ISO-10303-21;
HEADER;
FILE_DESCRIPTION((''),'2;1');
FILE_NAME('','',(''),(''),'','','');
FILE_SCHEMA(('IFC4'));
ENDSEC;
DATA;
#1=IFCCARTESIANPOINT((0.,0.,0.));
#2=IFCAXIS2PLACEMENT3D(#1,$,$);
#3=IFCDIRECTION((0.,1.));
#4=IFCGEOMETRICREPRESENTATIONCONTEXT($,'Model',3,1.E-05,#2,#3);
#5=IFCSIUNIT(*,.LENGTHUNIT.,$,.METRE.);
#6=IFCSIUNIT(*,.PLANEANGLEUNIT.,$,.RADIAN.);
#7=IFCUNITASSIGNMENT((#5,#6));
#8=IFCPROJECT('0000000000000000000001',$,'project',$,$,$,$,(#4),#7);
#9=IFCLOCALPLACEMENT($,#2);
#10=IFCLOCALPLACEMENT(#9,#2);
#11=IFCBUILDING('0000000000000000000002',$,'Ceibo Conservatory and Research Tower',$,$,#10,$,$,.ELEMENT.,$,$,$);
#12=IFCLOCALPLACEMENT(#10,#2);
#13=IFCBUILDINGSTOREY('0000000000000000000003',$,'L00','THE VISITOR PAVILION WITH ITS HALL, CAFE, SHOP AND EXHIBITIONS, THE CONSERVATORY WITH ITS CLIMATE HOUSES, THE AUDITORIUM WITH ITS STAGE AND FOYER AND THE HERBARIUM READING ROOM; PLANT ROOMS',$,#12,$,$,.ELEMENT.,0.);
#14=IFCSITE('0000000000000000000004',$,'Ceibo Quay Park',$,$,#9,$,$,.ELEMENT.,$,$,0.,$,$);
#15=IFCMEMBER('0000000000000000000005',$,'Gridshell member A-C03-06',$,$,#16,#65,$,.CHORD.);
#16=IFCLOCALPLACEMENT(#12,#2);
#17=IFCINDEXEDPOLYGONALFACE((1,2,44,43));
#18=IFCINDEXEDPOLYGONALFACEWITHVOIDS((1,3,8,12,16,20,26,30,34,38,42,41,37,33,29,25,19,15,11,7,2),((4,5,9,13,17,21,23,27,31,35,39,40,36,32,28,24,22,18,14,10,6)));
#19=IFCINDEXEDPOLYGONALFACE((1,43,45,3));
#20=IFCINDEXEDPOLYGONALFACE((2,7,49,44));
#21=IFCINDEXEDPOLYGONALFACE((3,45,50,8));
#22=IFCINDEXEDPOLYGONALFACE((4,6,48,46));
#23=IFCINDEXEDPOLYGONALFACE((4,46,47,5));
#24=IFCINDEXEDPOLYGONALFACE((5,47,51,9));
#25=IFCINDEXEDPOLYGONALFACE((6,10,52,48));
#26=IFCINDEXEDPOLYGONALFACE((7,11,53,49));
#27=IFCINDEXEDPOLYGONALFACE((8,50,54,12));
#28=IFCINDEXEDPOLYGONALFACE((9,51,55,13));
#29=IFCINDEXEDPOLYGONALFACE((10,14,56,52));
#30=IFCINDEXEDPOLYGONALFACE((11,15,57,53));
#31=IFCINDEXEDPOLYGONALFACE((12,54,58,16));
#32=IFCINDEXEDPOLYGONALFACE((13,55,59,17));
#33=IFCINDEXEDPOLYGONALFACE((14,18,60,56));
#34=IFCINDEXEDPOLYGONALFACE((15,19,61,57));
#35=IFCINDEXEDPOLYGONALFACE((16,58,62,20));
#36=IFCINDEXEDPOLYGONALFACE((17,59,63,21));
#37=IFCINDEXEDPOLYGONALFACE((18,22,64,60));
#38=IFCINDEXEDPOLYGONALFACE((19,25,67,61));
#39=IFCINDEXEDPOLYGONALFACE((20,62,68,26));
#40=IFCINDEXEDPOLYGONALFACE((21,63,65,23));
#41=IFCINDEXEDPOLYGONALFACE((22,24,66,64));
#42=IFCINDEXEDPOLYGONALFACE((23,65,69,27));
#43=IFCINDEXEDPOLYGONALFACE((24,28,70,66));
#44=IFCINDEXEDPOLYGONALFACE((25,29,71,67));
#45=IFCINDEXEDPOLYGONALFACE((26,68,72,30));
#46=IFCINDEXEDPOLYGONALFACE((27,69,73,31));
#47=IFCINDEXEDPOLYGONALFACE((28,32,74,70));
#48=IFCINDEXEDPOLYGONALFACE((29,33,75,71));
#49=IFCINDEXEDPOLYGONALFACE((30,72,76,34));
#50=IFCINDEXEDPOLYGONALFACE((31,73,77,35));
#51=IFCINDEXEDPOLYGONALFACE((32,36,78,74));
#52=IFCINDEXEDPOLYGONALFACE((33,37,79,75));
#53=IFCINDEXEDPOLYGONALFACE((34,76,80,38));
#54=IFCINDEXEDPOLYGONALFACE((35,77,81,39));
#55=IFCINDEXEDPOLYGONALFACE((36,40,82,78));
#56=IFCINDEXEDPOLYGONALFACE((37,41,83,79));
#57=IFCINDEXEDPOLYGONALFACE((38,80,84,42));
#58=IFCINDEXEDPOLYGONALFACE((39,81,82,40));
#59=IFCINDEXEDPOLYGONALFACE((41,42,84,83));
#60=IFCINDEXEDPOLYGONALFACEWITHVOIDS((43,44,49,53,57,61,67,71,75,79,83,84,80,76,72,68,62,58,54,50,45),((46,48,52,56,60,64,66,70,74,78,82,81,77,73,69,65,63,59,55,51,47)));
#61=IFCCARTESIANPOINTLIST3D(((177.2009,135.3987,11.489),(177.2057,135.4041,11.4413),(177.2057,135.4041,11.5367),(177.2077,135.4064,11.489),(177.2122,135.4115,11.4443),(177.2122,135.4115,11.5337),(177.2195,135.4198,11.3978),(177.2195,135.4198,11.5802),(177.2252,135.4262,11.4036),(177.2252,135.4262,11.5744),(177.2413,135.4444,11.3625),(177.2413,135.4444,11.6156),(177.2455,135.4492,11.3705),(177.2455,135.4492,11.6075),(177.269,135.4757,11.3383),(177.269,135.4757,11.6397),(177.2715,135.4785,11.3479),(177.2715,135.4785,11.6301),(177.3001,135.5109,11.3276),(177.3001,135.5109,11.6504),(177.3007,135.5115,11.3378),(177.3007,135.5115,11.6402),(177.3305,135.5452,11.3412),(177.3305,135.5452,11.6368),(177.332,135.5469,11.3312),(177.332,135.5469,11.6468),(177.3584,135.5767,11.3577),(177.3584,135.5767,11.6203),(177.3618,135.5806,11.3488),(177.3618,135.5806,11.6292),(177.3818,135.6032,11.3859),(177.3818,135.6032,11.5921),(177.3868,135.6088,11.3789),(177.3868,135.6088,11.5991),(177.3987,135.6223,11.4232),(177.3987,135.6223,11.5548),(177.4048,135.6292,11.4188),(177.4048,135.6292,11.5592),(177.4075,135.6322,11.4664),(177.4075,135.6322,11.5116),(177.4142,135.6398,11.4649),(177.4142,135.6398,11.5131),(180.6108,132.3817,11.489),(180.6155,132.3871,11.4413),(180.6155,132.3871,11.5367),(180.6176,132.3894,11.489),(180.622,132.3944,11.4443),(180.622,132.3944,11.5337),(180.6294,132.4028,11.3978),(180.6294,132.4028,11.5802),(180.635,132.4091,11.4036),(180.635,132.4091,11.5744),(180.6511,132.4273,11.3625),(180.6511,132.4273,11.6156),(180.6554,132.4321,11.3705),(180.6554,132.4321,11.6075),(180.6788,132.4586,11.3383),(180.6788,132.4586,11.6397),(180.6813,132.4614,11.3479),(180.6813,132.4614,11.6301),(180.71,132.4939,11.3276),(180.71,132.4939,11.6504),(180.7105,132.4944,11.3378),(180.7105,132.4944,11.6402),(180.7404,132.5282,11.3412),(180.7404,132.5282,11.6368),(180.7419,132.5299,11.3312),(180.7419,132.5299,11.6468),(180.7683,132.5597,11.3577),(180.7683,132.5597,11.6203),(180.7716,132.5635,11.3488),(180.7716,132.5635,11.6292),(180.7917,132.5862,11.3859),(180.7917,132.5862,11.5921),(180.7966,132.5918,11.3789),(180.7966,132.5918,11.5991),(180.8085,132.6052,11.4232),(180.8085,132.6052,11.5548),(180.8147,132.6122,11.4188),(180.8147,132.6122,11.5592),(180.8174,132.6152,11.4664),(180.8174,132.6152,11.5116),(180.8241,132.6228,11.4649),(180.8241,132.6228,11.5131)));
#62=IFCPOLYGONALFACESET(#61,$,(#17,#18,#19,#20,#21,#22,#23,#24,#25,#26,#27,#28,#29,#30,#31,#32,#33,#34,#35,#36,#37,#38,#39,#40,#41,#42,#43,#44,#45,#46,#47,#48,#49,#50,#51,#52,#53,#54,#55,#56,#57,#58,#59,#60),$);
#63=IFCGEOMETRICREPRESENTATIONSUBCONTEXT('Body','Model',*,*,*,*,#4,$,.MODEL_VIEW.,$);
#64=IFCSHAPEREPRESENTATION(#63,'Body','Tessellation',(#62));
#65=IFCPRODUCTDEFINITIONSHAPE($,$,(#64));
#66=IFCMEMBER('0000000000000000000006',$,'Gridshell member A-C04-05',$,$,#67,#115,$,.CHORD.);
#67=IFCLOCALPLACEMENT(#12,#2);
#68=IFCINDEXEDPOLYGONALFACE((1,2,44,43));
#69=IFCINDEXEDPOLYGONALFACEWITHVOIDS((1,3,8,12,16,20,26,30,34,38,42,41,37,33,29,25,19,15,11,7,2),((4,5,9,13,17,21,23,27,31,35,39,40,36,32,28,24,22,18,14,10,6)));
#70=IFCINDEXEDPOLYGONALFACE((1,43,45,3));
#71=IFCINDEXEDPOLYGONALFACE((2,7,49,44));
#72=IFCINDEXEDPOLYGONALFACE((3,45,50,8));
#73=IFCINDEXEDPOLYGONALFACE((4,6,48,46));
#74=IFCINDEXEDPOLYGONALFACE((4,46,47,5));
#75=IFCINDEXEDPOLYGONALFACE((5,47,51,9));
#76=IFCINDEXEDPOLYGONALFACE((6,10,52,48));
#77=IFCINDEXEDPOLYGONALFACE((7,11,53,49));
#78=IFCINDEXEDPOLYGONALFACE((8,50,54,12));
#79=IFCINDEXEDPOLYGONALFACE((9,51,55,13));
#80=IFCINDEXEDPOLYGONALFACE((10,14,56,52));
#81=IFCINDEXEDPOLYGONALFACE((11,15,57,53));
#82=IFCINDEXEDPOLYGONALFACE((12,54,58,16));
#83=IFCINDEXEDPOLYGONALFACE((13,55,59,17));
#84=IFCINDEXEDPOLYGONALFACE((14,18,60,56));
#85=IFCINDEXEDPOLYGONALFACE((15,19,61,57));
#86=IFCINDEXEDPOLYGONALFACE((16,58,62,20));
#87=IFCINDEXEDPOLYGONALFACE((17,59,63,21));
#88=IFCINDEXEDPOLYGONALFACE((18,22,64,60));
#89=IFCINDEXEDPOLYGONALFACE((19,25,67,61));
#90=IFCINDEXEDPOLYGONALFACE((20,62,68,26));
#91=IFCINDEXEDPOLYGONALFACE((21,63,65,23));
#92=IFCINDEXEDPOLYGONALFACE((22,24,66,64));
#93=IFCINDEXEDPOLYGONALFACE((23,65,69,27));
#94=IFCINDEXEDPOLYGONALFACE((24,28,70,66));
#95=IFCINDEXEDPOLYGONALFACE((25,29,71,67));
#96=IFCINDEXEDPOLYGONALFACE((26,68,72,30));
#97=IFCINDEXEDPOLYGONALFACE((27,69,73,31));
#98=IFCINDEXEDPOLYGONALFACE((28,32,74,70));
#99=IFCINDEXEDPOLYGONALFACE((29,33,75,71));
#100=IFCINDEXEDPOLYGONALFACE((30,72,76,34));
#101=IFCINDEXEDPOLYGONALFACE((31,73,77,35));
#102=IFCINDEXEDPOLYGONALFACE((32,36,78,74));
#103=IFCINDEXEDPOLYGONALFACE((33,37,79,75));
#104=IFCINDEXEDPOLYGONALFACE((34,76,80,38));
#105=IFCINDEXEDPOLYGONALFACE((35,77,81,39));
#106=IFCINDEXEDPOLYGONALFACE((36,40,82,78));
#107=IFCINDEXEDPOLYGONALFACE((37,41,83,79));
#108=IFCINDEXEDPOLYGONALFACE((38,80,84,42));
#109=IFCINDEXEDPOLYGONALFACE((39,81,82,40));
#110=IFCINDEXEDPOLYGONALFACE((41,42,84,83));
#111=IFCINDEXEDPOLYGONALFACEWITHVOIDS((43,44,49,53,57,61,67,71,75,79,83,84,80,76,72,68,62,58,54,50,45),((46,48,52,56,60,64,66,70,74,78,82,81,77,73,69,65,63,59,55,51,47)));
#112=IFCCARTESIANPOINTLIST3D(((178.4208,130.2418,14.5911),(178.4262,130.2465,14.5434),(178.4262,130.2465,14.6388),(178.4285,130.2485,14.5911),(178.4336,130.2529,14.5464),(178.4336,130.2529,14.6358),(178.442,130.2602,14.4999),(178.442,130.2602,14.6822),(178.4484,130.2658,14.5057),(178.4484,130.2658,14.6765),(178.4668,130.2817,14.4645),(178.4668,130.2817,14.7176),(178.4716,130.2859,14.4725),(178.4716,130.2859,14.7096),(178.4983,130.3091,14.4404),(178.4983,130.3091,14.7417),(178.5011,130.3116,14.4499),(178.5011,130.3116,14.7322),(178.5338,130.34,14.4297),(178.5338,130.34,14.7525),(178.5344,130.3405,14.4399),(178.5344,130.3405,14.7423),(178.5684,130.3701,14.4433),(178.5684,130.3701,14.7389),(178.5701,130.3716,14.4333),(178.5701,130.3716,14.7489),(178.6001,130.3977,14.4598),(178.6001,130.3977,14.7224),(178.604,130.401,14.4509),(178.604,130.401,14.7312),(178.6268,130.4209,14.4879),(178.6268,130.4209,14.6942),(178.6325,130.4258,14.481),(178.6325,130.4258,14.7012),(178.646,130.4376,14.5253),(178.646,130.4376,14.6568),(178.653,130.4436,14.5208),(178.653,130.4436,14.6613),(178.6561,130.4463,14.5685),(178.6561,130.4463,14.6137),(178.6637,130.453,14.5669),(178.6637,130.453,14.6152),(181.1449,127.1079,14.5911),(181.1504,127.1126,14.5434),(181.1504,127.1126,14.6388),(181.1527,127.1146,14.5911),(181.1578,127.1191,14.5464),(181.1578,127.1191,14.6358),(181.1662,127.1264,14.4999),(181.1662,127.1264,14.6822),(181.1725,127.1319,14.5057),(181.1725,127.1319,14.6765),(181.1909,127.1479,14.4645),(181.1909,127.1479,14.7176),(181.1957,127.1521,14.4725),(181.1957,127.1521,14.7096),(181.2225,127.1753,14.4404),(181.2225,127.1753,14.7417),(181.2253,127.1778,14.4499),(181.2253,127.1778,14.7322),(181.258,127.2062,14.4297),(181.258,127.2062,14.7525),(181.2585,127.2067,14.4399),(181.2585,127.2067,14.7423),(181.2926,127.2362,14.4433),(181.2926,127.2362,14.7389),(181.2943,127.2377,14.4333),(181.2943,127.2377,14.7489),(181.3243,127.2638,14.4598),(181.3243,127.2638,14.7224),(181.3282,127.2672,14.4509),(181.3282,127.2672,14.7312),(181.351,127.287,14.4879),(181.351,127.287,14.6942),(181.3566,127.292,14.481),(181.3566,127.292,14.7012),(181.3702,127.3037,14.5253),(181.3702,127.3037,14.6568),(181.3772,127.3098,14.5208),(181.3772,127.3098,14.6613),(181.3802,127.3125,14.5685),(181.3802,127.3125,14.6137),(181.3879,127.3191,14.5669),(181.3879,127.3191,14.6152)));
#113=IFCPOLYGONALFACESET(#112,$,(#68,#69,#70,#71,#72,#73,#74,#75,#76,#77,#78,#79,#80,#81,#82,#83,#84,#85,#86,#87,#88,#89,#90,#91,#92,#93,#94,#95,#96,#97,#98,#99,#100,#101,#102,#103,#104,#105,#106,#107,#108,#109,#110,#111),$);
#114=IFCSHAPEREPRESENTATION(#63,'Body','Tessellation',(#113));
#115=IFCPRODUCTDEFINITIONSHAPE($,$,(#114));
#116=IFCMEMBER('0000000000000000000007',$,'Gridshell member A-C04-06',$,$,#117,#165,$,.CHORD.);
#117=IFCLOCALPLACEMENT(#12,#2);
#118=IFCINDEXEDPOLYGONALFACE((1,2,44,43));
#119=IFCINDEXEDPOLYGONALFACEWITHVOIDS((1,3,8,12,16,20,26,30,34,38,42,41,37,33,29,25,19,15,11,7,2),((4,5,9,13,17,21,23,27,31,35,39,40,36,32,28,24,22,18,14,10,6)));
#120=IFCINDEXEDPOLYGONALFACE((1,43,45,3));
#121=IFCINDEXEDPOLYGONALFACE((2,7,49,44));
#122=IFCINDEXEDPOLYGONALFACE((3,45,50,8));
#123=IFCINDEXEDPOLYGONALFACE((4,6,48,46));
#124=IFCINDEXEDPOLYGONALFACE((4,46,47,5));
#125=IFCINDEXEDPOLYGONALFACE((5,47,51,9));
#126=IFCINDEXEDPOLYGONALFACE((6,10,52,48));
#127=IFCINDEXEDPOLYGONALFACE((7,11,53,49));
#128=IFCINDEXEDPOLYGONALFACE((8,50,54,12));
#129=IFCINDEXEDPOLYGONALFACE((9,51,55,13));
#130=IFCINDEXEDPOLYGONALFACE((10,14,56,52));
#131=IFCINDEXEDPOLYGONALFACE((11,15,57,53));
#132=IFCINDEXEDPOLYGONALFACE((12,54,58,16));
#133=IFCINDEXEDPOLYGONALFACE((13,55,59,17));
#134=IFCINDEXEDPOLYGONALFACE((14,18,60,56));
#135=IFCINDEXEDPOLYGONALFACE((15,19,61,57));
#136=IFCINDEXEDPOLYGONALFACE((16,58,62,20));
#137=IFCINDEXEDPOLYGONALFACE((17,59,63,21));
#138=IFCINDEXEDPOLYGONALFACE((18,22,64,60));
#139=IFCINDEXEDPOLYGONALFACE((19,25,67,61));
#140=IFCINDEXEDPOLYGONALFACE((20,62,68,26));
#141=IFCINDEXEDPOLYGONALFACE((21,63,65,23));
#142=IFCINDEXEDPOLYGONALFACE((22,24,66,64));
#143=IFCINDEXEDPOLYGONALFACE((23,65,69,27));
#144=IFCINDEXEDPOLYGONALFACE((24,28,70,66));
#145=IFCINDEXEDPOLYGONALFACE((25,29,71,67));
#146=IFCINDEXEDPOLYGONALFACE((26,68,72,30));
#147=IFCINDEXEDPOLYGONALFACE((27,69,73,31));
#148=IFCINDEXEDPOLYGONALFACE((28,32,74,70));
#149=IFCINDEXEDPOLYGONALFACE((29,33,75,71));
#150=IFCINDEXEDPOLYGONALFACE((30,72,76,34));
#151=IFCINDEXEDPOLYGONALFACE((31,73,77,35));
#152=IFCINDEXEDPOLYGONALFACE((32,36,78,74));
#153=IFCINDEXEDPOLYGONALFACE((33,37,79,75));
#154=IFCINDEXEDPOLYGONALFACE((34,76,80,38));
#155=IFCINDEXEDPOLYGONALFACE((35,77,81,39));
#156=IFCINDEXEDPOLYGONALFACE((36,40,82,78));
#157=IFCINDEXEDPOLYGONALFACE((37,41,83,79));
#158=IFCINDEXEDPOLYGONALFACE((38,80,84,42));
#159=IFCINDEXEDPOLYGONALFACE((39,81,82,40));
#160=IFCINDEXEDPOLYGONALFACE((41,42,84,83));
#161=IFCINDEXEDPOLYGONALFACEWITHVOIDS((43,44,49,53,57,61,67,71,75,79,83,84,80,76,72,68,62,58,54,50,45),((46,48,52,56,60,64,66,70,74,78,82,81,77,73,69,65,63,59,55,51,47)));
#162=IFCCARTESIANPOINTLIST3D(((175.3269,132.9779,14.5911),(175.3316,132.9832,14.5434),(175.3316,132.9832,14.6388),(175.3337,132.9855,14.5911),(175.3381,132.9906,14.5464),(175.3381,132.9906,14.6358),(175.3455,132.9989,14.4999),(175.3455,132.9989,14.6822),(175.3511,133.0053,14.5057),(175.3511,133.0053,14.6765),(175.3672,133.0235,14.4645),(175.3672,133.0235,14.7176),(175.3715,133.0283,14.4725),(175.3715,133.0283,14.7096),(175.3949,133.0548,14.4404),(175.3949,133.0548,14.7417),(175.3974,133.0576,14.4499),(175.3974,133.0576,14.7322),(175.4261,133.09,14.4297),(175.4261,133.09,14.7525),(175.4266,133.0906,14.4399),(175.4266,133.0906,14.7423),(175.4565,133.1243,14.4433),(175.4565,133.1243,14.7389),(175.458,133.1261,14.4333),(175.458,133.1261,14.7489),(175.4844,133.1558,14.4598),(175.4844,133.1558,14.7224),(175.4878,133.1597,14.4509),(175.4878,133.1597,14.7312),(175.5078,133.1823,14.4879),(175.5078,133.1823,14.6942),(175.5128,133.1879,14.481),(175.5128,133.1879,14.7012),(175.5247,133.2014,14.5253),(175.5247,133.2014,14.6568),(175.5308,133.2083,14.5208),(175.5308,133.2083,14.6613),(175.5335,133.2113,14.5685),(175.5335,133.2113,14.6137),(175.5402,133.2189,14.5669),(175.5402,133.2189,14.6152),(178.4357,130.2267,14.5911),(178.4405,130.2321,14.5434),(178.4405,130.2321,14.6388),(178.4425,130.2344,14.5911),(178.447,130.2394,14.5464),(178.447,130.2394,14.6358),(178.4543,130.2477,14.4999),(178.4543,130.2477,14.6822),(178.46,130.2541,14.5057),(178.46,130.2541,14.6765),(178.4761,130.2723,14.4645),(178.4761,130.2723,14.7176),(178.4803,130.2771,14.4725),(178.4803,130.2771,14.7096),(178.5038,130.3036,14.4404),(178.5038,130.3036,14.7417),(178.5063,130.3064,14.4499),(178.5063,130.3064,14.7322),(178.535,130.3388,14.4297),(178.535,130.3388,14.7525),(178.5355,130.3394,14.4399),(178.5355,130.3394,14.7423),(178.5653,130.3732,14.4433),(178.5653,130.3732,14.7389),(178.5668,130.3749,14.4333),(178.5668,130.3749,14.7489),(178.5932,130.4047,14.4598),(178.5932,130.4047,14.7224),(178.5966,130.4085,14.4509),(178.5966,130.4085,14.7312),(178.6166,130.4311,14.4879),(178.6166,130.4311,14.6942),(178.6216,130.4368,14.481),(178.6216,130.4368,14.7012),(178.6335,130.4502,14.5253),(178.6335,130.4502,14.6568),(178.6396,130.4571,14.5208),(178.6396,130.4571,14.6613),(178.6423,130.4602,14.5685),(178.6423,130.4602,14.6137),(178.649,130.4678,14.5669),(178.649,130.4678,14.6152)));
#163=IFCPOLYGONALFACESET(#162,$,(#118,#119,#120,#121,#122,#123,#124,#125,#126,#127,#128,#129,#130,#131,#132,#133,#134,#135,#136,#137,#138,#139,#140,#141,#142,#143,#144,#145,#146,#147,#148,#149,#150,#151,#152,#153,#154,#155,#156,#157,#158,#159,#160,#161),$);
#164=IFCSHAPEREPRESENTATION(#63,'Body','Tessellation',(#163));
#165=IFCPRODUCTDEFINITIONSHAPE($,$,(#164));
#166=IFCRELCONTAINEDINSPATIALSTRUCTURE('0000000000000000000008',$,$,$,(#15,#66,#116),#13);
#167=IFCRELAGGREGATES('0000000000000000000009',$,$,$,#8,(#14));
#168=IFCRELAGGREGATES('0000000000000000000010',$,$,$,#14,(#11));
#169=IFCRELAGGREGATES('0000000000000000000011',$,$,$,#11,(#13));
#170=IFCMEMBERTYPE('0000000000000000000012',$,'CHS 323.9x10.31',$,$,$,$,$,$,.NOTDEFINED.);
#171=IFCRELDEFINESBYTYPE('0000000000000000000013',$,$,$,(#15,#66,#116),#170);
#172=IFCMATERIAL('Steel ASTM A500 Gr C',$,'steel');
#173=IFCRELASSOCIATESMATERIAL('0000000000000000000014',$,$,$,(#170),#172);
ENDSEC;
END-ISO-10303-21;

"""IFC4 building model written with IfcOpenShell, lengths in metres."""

from ifc_helpers import new_model, si_unit, direction, frame, origin, origin_2d, place, context, subcontext, project, spatial, hollow_circle, extrude, material, material_profile, profile_set, type_object, element, save


model = new_model("IFC4")

# Units and contexts
model_context = context("Model", 3, precision=1e-05, world=origin(), true_north=direction((0.0, 1.0)))
body_context = subcontext(model_context, "Body", "Model", "MODEL_VIEW")
ifc_project = project(units=[si_unit("LENGTHUNIT", "METRE"), si_unit("PLANEANGLEUNIT", "RADIAN")], contexts=[model_context])

# Site, building, storey
site_placement = place(None, origin())
site = spatial("IfcSite", under=ifc_project, at=site_placement, Name="Ceibo Quay Park", CompositionType="ELEMENT", RefElevation=0.0)
building_placement = place(site_placement, origin())
building = spatial("IfcBuilding", under=site, at=building_placement, Name="Ceibo Conservatory and Research Tower", CompositionType="ELEMENT")
storey_placement = place(building_placement, origin())
storey = spatial("IfcBuildingStorey", under=building, at=storey_placement, Name="L00", Description="THE VISITOR PAVILION WITH ITS HALL, CAFE, SHOP AND EXHIBITIONS, THE CONSERVATORY WITH ITS CLIMATE HOUSES, THE AUDITORIUM WITH ITS STAGE AND FOYER AND THE HERBARIUM READING ROOM; PLANT ROOMS", CompositionType="ELEMENT", Elevation=0.0)

# Members
ifc_material_1 = material(Name="Steel ASTM A500 Gr C", Category="steel")
ifc_material_profile_1 = material_profile(ifc_material_1, hollow_circle(Radius=0.1619, WallThickness=0.0103, at=origin_2d()), Name="CHS 323.9x10.31")
ifc_profile_set_1 = profile_set([ifc_material_profile_1], Name="Steel ASTM A500 Gr C")
member_type_1 = type_object("IfcMemberType", Name="CHS 323.9x10.31", PredefinedType="NOTDEFINED", material=ifc_profile_set_1)
member_1_placement = place(storey_placement, frame((180.718, 132.5029, 11.489), z_axis=(-0.748928, 0.662651, 0.0), x_axis=(-0.662651, -0.748928, 0.0)))
element("IfcMember", 1, at=member_1_placement, inside=storey, type_object=member_type_1, Name="Gridshell member A-C03-06", PredefinedType="CHORD", context=body_context, shape_type="SweptSolid", body=[
    extrude(hollow_circle(Radius=0.1619, WallThickness=0.0103, at=origin_2d()), origin(), (0.0, 0.0, 1.0), 4.553),
])
member_2_placement = place(storey_placement, frame((181.2671, 127.2141, 14.5911), z_axis=(-0.656054, 0.754714, 0.0), x_axis=(-0.754714, -0.656054, 0.0)))
element("IfcMember", 2, at=member_2_placement, inside=storey, type_object=member_type_1, Name="Gridshell member A-C04-05", PredefinedType="CHORD", context=body_context, shape_type="SweptSolid", body=[
    extrude(hollow_circle(Radius=0.1619, WallThickness=0.0103, at=origin_2d()), origin(), (0.0, 0.0, 1.0), 4.1523),
])
member_3_placement = place(storey_placement, frame((178.543, 130.3479, 14.5911), z_axis=(-0.748871, 0.662716, 0.0), x_axis=(-0.662716, -0.748871, 0.0)))
element("IfcMember", 3, at=member_3_placement, inside=storey, type_object=member_type_1, Name="Gridshell member A-C04-06", PredefinedType="CHORD", context=body_context, shape_type="SweptSolid", body=[
    extrude(hollow_circle(Radius=0.1619, WallThickness=0.0103, at=origin_2d()), origin(), (0.0, 0.0, 1.0), 4.1514),
])

save(model, "model.ifc")
